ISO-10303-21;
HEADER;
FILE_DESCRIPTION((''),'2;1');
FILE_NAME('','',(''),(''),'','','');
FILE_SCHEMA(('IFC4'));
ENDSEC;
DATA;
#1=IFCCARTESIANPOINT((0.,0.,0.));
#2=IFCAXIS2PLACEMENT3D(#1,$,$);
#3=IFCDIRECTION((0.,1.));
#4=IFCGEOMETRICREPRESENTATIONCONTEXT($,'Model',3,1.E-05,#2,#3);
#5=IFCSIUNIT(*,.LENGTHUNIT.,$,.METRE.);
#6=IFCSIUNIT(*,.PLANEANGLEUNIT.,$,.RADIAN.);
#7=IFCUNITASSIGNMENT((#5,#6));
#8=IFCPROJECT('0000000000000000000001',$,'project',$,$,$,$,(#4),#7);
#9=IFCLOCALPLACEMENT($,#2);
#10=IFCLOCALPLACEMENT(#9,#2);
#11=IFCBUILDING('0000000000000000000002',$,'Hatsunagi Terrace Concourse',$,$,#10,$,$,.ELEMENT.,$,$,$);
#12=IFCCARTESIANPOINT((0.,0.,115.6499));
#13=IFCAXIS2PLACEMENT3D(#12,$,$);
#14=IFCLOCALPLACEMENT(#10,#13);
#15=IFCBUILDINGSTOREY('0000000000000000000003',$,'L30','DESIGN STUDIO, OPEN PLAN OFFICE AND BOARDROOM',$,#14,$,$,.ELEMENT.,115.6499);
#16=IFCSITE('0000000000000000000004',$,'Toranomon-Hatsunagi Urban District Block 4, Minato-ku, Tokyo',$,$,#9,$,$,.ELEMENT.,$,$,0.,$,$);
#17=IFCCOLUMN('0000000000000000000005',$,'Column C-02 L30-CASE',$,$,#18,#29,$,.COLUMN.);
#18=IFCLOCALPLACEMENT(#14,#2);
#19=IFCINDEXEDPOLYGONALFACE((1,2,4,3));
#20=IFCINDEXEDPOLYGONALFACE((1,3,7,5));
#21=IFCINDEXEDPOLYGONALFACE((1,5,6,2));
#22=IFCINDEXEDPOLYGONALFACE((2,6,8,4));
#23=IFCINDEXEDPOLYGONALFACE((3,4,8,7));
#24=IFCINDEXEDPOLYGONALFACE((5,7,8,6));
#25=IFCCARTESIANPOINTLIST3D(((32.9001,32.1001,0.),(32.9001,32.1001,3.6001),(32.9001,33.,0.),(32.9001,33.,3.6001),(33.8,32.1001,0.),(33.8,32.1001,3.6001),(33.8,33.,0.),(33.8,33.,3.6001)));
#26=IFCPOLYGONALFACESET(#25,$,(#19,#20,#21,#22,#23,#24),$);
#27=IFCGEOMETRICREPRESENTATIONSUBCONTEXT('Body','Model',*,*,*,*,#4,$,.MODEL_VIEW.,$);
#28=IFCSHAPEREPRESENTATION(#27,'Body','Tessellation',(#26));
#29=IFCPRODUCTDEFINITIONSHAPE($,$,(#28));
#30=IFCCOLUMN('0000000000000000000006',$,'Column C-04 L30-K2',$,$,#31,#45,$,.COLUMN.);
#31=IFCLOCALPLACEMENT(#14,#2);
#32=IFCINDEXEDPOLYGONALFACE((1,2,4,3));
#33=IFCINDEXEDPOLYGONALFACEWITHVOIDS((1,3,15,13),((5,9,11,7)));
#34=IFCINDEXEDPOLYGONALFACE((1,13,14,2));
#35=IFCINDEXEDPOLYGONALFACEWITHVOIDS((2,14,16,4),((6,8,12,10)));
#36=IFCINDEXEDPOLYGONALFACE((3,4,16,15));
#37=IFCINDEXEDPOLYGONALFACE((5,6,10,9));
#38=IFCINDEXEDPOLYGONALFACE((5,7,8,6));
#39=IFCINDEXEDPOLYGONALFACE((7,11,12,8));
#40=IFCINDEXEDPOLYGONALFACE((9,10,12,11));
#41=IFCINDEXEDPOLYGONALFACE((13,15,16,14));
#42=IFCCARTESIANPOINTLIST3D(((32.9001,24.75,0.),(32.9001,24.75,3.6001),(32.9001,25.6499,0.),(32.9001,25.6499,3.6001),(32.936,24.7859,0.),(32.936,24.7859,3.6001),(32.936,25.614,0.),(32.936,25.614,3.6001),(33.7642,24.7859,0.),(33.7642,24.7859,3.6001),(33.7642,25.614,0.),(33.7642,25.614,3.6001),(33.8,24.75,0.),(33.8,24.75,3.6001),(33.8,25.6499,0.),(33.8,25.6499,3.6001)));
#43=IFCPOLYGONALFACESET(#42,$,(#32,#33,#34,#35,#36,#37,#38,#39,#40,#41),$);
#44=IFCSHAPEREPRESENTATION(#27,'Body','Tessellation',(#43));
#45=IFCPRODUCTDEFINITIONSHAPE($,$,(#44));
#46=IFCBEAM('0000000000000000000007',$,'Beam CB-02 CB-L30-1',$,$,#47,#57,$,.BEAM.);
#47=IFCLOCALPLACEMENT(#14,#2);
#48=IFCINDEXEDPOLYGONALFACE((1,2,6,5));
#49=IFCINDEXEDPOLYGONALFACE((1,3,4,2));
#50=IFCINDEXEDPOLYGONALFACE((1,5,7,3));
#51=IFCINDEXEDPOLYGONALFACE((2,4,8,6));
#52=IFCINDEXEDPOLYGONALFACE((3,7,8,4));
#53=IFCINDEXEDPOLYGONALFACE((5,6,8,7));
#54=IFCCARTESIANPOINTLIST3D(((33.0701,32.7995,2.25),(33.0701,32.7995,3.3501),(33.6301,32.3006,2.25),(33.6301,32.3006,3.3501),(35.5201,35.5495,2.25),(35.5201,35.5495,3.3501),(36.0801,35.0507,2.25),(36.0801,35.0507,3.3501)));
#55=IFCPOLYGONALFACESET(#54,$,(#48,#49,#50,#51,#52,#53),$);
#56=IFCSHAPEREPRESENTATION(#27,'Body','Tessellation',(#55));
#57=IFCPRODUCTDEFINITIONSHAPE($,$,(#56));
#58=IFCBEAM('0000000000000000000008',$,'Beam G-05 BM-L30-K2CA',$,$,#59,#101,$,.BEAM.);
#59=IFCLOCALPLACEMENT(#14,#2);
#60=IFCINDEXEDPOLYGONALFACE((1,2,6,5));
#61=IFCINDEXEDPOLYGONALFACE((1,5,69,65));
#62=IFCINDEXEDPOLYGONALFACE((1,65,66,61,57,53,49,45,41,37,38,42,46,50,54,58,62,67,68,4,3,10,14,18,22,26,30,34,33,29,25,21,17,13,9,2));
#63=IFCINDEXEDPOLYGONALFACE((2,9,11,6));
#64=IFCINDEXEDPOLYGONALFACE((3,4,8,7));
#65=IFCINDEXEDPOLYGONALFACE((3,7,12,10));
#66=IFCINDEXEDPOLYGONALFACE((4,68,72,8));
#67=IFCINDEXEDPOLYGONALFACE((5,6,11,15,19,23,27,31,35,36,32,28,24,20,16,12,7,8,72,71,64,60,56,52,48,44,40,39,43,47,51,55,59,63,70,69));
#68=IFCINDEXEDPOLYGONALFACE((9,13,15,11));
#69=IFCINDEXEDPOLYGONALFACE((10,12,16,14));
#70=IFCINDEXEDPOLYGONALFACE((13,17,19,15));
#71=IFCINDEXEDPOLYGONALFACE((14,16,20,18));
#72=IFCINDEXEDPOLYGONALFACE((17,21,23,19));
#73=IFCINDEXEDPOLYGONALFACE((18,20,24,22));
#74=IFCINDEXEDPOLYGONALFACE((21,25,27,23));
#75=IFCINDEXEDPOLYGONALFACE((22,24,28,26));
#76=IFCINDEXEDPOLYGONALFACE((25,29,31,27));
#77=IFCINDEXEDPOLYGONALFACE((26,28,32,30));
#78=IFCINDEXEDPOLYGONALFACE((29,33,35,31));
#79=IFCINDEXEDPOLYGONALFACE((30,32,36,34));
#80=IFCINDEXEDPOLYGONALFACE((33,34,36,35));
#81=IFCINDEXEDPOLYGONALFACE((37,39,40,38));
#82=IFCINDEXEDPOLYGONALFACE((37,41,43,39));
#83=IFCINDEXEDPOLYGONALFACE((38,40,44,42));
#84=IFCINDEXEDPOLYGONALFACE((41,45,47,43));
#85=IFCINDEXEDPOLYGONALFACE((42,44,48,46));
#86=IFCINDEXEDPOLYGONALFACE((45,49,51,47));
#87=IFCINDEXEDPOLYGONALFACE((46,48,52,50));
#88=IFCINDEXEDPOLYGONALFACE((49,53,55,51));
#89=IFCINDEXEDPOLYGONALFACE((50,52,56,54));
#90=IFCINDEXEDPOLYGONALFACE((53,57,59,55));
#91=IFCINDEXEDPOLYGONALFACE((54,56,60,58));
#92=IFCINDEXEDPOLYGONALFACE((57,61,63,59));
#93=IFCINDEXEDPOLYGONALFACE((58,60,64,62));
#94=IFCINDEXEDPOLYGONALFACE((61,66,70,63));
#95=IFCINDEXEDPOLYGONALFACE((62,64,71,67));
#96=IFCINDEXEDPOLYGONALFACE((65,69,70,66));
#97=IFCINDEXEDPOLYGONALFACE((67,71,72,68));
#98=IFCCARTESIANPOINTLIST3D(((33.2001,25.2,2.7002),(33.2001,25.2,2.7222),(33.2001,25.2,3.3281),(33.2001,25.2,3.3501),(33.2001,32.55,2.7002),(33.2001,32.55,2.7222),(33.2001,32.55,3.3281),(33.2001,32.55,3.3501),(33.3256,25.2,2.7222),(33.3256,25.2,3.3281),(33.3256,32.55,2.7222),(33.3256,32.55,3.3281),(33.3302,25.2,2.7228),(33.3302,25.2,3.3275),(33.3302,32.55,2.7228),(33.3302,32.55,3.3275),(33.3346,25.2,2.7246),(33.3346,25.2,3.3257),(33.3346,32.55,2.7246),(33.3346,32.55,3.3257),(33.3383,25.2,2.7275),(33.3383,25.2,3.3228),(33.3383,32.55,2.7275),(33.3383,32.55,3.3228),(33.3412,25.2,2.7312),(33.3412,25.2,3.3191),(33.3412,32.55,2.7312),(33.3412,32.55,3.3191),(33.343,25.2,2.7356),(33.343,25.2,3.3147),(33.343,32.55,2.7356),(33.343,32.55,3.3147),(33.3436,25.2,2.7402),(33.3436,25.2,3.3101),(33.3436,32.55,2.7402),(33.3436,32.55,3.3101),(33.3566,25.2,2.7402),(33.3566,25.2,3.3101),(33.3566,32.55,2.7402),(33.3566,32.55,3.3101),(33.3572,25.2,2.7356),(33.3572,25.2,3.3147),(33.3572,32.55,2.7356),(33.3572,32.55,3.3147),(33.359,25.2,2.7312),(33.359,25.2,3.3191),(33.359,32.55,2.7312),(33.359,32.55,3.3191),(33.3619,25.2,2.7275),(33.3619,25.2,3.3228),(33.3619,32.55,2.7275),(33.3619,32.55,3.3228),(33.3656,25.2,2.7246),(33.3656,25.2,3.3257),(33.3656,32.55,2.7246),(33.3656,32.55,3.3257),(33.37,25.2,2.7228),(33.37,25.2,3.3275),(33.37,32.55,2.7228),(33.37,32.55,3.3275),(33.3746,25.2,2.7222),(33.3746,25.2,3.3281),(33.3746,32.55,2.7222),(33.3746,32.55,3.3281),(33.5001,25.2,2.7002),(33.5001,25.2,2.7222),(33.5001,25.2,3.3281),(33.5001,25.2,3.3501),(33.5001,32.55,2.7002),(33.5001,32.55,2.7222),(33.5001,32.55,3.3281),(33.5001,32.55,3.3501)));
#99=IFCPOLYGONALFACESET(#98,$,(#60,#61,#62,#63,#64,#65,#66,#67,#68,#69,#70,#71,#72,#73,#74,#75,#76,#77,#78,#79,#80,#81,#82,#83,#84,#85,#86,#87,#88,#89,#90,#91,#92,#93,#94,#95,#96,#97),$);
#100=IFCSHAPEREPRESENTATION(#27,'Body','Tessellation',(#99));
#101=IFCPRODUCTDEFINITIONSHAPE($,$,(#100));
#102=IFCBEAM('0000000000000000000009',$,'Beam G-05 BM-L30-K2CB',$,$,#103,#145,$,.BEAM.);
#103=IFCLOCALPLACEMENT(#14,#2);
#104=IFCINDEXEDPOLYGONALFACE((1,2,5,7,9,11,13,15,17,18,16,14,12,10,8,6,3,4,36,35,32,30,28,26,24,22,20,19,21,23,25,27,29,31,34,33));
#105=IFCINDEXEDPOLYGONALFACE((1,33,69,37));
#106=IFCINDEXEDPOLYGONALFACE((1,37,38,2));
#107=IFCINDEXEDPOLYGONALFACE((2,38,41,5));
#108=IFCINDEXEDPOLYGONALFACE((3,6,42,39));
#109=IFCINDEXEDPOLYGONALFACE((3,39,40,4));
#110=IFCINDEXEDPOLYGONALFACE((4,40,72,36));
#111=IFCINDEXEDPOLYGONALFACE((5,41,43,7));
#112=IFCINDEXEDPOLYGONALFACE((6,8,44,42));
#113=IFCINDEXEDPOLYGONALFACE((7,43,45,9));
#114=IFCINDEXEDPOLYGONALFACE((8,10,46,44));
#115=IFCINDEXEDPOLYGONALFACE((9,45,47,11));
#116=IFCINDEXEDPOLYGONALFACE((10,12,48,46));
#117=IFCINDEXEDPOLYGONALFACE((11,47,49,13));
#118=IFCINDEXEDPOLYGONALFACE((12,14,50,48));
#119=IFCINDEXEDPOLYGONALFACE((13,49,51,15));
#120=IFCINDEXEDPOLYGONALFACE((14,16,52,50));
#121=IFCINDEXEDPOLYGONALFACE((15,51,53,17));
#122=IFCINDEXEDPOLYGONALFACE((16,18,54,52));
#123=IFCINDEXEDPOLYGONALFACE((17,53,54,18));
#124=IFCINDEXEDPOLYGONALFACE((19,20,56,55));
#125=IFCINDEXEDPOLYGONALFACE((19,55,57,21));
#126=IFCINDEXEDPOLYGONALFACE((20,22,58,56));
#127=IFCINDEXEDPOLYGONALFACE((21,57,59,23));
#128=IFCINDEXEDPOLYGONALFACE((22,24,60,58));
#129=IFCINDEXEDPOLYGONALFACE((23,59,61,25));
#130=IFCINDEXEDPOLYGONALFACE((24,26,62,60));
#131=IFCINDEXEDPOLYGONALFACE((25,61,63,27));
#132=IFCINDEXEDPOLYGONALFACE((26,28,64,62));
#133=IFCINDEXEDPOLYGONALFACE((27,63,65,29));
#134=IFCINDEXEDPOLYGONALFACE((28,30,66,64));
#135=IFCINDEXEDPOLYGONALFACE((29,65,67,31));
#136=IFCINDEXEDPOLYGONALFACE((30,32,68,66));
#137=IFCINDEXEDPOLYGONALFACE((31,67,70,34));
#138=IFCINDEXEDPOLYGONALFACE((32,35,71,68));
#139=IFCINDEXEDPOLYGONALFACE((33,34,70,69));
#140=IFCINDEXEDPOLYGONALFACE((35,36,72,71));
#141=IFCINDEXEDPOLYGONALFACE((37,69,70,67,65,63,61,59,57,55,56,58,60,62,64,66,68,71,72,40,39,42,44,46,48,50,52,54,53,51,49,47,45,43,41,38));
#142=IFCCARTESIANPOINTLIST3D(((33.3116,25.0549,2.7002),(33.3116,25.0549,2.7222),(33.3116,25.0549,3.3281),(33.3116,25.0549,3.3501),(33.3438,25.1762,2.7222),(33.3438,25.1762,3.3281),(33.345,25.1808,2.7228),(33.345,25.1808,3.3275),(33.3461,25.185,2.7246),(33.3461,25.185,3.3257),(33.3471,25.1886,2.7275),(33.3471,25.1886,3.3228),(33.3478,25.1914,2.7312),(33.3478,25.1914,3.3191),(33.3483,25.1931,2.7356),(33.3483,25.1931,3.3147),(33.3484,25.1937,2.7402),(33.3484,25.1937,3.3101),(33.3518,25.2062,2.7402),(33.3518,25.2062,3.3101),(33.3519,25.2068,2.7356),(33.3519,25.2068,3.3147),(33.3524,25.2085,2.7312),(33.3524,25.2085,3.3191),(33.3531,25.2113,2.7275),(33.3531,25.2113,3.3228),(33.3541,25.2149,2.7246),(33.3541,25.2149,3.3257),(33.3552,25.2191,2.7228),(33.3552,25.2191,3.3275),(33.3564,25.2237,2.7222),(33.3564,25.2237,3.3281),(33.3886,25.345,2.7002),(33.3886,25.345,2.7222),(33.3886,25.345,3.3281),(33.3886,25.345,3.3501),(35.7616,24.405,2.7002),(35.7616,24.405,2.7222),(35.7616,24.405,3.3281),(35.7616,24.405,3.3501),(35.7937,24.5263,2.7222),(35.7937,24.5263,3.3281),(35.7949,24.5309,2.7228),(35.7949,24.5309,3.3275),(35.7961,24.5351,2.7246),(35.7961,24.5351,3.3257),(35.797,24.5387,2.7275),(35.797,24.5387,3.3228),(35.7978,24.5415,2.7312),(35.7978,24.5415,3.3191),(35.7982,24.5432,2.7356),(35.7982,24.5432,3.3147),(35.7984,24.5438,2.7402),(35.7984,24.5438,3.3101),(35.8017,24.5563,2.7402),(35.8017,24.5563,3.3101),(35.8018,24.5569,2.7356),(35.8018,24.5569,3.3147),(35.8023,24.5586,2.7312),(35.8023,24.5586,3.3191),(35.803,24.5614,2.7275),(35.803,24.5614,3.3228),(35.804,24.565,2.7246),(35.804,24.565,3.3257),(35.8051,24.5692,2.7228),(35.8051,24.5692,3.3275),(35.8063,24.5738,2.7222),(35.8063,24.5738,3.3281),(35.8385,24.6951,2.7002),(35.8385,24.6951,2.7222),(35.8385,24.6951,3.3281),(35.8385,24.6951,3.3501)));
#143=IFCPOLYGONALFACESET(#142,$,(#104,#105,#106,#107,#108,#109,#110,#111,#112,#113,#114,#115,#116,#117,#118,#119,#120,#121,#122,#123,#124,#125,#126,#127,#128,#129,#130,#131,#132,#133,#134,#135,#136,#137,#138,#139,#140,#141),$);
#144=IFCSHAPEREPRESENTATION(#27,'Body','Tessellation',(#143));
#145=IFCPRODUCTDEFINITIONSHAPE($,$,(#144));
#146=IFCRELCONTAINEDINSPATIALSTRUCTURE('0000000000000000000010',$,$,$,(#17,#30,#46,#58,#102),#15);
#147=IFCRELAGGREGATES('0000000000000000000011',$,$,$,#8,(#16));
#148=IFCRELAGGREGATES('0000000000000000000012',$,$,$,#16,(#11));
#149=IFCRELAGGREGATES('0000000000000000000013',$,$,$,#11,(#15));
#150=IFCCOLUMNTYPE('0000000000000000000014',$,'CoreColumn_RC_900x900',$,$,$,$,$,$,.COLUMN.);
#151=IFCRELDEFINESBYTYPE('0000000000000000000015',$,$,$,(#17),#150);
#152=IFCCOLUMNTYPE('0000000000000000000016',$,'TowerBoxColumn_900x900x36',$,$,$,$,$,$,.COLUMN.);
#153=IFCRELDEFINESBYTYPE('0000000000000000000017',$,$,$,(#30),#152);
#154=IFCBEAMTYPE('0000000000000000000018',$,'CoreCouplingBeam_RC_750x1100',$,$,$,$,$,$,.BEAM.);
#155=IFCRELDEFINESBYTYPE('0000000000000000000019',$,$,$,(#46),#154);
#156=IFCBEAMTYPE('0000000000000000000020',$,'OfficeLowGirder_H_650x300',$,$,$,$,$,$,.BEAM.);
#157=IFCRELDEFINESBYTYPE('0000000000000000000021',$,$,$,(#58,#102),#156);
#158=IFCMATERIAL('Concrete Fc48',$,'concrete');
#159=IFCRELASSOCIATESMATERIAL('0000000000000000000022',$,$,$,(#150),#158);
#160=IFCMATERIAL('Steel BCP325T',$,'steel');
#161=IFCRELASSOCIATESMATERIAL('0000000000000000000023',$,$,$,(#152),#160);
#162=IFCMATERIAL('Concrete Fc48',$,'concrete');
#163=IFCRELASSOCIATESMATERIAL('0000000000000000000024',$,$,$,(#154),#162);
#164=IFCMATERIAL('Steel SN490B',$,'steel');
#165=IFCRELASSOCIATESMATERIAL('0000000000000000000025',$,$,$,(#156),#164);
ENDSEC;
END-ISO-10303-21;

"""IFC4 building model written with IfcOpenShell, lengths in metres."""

from ifc_helpers import new_model, si_unit, direction, frame, origin, origin_2d, place, context, subcontext, project, spatial, rectangle, hollow_rectangle, i_section, extrude, material, material_profile, profile_set, type_object, element, save


model = new_model("IFC4")

# Units and contexts
model_context = context("Model", 3, precision=1e-05, world=origin(), true_north=direction((0.0, 1.0)))
body_context = subcontext(model_context, "Body", "Model", "MODEL_VIEW")
ifc_project = project(units=[si_unit("LENGTHUNIT", "METRE"), si_unit("PLANEANGLEUNIT", "RADIAN")], contexts=[model_context])

# Site, building, storey
site_placement = place(None, origin())
site = spatial("IfcSite", under=ifc_project, at=site_placement, Name="Toranomon-Hatsunagi Urban District Block 4, Minato-ku, Tokyo", CompositionType="ELEMENT", RefElevation=0.0)
building_placement = place(site_placement, origin())
building = spatial("IfcBuilding", under=site, at=building_placement, Name="Hatsunagi Terrace Concourse", CompositionType="ELEMENT")
storey_placement = place(building_placement, frame((0.0, 0.0, 115.6499)))
storey = spatial("IfcBuildingStorey", under=building, at=storey_placement, Name="L30", Description="DESIGN STUDIO, OPEN PLAN OFFICE AND BOARDROOM", CompositionType="ELEMENT", Elevation=115.6499)

# Columns
ifc_material_1 = material(Name="Concrete Fc48", Category="concrete")
ifc_material_profile_1 = material_profile(ifc_material_1, rectangle(XDim=0.8999, YDim=0.8999, at=origin_2d()), Name="RC-900x900")
ifc_profile_set_1 = profile_set([ifc_material_profile_1], Name="Concrete Fc48")
column_type_1 = type_object("IfcColumnType", Name="CoreColumn_RC_900x900", PredefinedType="COLUMN", material=ifc_profile_set_1)
column_1_placement = place(storey_placement, frame((33.3501, 32.55, 0.0), z_axis=(0.0, 0.0, 1.0), x_axis=(1.0, 0.0, 0.0)))
element("IfcColumn", 1, at=column_1_placement, inside=storey, type_object=column_type_1, Name="Column C-02 L30-CASE", PredefinedType="COLUMN", context=body_context, shape_type="SweptSolid", body=[
    extrude(rectangle(XDim=0.8999, YDim=0.8999, at=origin_2d()), origin(), (0.0, 0.0, 1.0), 3.6001),
])
ifc_material_2 = material(Name="Steel BCP325T", Category="steel")
ifc_material_profile_2 = material_profile(ifc_material_2, hollow_rectangle(XDim=0.8999, YDim=0.8999, WallThickness=0.0359, at=origin_2d()), Name="BCP-900x900x36")
ifc_profile_set_2 = profile_set([ifc_material_profile_2], Name="Steel BCP325T")
column_type_2 = type_object("IfcColumnType", Name="TowerBoxColumn_900x900x36", PredefinedType="COLUMN", material=ifc_profile_set_2)
column_2_placement = place(storey_placement, frame((33.3501, 25.2, 0.0), z_axis=(0.0, 0.0, 1.0), x_axis=(1.0, 0.0, 0.0)))
element("IfcColumn", 2, at=column_2_placement, inside=storey, type_object=column_type_2, Name="Column C-04 L30-K2", PredefinedType="COLUMN", context=body_context, shape_type="SweptSolid", body=[
    extrude(hollow_rectangle(XDim=0.8999, YDim=0.8999, WallThickness=0.0359, at=origin_2d()), origin(), (0.0, 0.0, 1.0), 3.6001),
])

# Beams
ifc_material_3 = material(Name="Concrete Fc48", Category="concrete")
ifc_material_profile_3 = material_profile(ifc_material_3, rectangle(XDim=0.75, YDim=1.1001, at=origin_2d()), Name="RC-750x1100")
ifc_profile_set_3 = profile_set([ifc_material_profile_3], Name="Concrete Fc48")
beam_type_1 = type_object("IfcBeamType", Name="CoreCouplingBeam_RC_750x1100", PredefinedType="BEAM", material=ifc_profile_set_3)
beam_1_placement = place(storey_placement, frame((33.3501, 32.55, 2.8), z_axis=(0.665199, 0.746666, 0.0), x_axis=(-0.746666, 0.665199, 0.0)))
element("IfcBeam", 3, at=beam_1_placement, inside=storey, type_object=beam_type_1, Name="Beam CB-02 CB-L30-1", PredefinedType="BEAM", context=body_context, shape_type="SweptSolid", body=[
    extrude(rectangle(XDim=0.75, YDim=1.1001, at=origin_2d()), origin(), (0.0, 0.0, 1.0), 3.6831),
])
ifc_material_4 = material(Name="Steel SN490B", Category="steel")
ifc_material_profile_4 = material_profile(ifc_material_4, i_section(OverallWidth=0.3, OverallDepth=0.6499, WebThickness=0.0129, FlangeThickness=0.022, FilletRadius=0.0181, at=origin_2d()), Name="H-650x300x13x22")
ifc_profile_set_4 = profile_set([ifc_material_profile_4], Name="Steel SN490B")
beam_type_2 = type_object("IfcBeamType", Name="OfficeLowGirder_H_650x300", PredefinedType="BEAM", material=ifc_profile_set_4)
beam_2_placement = place(storey_placement, frame((33.3501, 25.2, 3.0251), z_axis=(0.0, 1.0, 0.0), x_axis=(-1.0, 0.0, 0.0)))
element("IfcBeam", 4, at=beam_2_placement, inside=storey, type_object=beam_type_2, Name="Beam G-05 BM-L30-K2CA", PredefinedType="BEAM", context=body_context, shape_type="SweptSolid", body=[
    extrude(i_section(OverallWidth=0.3, OverallDepth=0.6499, WebThickness=0.0129, FlangeThickness=0.022, FilletRadius=0.0181, at=origin_2d()), origin(), (0.0, 0.0, 1.0), 7.3501),
])
beam_3_placement = place(storey_placement, frame((33.3501, 25.2, 3.0251), z_axis=(0.96657, -0.256403, 0.0), x_axis=(0.256403, 0.96657, 0.0)))
element("IfcBeam", 5, at=beam_3_placement, inside=storey, type_object=beam_type_2, Name="Beam G-05 BM-L30-K2CB", PredefinedType="BEAM", context=body_context, shape_type="SweptSolid", body=[
    extrude(i_section(OverallWidth=0.3, OverallDepth=0.6499, WebThickness=0.0129, FlangeThickness=0.022, FilletRadius=0.0181, at=origin_2d()), origin(), (0.0, 0.0, 1.0), 2.5347),
])

save(model, "model.ifc")
